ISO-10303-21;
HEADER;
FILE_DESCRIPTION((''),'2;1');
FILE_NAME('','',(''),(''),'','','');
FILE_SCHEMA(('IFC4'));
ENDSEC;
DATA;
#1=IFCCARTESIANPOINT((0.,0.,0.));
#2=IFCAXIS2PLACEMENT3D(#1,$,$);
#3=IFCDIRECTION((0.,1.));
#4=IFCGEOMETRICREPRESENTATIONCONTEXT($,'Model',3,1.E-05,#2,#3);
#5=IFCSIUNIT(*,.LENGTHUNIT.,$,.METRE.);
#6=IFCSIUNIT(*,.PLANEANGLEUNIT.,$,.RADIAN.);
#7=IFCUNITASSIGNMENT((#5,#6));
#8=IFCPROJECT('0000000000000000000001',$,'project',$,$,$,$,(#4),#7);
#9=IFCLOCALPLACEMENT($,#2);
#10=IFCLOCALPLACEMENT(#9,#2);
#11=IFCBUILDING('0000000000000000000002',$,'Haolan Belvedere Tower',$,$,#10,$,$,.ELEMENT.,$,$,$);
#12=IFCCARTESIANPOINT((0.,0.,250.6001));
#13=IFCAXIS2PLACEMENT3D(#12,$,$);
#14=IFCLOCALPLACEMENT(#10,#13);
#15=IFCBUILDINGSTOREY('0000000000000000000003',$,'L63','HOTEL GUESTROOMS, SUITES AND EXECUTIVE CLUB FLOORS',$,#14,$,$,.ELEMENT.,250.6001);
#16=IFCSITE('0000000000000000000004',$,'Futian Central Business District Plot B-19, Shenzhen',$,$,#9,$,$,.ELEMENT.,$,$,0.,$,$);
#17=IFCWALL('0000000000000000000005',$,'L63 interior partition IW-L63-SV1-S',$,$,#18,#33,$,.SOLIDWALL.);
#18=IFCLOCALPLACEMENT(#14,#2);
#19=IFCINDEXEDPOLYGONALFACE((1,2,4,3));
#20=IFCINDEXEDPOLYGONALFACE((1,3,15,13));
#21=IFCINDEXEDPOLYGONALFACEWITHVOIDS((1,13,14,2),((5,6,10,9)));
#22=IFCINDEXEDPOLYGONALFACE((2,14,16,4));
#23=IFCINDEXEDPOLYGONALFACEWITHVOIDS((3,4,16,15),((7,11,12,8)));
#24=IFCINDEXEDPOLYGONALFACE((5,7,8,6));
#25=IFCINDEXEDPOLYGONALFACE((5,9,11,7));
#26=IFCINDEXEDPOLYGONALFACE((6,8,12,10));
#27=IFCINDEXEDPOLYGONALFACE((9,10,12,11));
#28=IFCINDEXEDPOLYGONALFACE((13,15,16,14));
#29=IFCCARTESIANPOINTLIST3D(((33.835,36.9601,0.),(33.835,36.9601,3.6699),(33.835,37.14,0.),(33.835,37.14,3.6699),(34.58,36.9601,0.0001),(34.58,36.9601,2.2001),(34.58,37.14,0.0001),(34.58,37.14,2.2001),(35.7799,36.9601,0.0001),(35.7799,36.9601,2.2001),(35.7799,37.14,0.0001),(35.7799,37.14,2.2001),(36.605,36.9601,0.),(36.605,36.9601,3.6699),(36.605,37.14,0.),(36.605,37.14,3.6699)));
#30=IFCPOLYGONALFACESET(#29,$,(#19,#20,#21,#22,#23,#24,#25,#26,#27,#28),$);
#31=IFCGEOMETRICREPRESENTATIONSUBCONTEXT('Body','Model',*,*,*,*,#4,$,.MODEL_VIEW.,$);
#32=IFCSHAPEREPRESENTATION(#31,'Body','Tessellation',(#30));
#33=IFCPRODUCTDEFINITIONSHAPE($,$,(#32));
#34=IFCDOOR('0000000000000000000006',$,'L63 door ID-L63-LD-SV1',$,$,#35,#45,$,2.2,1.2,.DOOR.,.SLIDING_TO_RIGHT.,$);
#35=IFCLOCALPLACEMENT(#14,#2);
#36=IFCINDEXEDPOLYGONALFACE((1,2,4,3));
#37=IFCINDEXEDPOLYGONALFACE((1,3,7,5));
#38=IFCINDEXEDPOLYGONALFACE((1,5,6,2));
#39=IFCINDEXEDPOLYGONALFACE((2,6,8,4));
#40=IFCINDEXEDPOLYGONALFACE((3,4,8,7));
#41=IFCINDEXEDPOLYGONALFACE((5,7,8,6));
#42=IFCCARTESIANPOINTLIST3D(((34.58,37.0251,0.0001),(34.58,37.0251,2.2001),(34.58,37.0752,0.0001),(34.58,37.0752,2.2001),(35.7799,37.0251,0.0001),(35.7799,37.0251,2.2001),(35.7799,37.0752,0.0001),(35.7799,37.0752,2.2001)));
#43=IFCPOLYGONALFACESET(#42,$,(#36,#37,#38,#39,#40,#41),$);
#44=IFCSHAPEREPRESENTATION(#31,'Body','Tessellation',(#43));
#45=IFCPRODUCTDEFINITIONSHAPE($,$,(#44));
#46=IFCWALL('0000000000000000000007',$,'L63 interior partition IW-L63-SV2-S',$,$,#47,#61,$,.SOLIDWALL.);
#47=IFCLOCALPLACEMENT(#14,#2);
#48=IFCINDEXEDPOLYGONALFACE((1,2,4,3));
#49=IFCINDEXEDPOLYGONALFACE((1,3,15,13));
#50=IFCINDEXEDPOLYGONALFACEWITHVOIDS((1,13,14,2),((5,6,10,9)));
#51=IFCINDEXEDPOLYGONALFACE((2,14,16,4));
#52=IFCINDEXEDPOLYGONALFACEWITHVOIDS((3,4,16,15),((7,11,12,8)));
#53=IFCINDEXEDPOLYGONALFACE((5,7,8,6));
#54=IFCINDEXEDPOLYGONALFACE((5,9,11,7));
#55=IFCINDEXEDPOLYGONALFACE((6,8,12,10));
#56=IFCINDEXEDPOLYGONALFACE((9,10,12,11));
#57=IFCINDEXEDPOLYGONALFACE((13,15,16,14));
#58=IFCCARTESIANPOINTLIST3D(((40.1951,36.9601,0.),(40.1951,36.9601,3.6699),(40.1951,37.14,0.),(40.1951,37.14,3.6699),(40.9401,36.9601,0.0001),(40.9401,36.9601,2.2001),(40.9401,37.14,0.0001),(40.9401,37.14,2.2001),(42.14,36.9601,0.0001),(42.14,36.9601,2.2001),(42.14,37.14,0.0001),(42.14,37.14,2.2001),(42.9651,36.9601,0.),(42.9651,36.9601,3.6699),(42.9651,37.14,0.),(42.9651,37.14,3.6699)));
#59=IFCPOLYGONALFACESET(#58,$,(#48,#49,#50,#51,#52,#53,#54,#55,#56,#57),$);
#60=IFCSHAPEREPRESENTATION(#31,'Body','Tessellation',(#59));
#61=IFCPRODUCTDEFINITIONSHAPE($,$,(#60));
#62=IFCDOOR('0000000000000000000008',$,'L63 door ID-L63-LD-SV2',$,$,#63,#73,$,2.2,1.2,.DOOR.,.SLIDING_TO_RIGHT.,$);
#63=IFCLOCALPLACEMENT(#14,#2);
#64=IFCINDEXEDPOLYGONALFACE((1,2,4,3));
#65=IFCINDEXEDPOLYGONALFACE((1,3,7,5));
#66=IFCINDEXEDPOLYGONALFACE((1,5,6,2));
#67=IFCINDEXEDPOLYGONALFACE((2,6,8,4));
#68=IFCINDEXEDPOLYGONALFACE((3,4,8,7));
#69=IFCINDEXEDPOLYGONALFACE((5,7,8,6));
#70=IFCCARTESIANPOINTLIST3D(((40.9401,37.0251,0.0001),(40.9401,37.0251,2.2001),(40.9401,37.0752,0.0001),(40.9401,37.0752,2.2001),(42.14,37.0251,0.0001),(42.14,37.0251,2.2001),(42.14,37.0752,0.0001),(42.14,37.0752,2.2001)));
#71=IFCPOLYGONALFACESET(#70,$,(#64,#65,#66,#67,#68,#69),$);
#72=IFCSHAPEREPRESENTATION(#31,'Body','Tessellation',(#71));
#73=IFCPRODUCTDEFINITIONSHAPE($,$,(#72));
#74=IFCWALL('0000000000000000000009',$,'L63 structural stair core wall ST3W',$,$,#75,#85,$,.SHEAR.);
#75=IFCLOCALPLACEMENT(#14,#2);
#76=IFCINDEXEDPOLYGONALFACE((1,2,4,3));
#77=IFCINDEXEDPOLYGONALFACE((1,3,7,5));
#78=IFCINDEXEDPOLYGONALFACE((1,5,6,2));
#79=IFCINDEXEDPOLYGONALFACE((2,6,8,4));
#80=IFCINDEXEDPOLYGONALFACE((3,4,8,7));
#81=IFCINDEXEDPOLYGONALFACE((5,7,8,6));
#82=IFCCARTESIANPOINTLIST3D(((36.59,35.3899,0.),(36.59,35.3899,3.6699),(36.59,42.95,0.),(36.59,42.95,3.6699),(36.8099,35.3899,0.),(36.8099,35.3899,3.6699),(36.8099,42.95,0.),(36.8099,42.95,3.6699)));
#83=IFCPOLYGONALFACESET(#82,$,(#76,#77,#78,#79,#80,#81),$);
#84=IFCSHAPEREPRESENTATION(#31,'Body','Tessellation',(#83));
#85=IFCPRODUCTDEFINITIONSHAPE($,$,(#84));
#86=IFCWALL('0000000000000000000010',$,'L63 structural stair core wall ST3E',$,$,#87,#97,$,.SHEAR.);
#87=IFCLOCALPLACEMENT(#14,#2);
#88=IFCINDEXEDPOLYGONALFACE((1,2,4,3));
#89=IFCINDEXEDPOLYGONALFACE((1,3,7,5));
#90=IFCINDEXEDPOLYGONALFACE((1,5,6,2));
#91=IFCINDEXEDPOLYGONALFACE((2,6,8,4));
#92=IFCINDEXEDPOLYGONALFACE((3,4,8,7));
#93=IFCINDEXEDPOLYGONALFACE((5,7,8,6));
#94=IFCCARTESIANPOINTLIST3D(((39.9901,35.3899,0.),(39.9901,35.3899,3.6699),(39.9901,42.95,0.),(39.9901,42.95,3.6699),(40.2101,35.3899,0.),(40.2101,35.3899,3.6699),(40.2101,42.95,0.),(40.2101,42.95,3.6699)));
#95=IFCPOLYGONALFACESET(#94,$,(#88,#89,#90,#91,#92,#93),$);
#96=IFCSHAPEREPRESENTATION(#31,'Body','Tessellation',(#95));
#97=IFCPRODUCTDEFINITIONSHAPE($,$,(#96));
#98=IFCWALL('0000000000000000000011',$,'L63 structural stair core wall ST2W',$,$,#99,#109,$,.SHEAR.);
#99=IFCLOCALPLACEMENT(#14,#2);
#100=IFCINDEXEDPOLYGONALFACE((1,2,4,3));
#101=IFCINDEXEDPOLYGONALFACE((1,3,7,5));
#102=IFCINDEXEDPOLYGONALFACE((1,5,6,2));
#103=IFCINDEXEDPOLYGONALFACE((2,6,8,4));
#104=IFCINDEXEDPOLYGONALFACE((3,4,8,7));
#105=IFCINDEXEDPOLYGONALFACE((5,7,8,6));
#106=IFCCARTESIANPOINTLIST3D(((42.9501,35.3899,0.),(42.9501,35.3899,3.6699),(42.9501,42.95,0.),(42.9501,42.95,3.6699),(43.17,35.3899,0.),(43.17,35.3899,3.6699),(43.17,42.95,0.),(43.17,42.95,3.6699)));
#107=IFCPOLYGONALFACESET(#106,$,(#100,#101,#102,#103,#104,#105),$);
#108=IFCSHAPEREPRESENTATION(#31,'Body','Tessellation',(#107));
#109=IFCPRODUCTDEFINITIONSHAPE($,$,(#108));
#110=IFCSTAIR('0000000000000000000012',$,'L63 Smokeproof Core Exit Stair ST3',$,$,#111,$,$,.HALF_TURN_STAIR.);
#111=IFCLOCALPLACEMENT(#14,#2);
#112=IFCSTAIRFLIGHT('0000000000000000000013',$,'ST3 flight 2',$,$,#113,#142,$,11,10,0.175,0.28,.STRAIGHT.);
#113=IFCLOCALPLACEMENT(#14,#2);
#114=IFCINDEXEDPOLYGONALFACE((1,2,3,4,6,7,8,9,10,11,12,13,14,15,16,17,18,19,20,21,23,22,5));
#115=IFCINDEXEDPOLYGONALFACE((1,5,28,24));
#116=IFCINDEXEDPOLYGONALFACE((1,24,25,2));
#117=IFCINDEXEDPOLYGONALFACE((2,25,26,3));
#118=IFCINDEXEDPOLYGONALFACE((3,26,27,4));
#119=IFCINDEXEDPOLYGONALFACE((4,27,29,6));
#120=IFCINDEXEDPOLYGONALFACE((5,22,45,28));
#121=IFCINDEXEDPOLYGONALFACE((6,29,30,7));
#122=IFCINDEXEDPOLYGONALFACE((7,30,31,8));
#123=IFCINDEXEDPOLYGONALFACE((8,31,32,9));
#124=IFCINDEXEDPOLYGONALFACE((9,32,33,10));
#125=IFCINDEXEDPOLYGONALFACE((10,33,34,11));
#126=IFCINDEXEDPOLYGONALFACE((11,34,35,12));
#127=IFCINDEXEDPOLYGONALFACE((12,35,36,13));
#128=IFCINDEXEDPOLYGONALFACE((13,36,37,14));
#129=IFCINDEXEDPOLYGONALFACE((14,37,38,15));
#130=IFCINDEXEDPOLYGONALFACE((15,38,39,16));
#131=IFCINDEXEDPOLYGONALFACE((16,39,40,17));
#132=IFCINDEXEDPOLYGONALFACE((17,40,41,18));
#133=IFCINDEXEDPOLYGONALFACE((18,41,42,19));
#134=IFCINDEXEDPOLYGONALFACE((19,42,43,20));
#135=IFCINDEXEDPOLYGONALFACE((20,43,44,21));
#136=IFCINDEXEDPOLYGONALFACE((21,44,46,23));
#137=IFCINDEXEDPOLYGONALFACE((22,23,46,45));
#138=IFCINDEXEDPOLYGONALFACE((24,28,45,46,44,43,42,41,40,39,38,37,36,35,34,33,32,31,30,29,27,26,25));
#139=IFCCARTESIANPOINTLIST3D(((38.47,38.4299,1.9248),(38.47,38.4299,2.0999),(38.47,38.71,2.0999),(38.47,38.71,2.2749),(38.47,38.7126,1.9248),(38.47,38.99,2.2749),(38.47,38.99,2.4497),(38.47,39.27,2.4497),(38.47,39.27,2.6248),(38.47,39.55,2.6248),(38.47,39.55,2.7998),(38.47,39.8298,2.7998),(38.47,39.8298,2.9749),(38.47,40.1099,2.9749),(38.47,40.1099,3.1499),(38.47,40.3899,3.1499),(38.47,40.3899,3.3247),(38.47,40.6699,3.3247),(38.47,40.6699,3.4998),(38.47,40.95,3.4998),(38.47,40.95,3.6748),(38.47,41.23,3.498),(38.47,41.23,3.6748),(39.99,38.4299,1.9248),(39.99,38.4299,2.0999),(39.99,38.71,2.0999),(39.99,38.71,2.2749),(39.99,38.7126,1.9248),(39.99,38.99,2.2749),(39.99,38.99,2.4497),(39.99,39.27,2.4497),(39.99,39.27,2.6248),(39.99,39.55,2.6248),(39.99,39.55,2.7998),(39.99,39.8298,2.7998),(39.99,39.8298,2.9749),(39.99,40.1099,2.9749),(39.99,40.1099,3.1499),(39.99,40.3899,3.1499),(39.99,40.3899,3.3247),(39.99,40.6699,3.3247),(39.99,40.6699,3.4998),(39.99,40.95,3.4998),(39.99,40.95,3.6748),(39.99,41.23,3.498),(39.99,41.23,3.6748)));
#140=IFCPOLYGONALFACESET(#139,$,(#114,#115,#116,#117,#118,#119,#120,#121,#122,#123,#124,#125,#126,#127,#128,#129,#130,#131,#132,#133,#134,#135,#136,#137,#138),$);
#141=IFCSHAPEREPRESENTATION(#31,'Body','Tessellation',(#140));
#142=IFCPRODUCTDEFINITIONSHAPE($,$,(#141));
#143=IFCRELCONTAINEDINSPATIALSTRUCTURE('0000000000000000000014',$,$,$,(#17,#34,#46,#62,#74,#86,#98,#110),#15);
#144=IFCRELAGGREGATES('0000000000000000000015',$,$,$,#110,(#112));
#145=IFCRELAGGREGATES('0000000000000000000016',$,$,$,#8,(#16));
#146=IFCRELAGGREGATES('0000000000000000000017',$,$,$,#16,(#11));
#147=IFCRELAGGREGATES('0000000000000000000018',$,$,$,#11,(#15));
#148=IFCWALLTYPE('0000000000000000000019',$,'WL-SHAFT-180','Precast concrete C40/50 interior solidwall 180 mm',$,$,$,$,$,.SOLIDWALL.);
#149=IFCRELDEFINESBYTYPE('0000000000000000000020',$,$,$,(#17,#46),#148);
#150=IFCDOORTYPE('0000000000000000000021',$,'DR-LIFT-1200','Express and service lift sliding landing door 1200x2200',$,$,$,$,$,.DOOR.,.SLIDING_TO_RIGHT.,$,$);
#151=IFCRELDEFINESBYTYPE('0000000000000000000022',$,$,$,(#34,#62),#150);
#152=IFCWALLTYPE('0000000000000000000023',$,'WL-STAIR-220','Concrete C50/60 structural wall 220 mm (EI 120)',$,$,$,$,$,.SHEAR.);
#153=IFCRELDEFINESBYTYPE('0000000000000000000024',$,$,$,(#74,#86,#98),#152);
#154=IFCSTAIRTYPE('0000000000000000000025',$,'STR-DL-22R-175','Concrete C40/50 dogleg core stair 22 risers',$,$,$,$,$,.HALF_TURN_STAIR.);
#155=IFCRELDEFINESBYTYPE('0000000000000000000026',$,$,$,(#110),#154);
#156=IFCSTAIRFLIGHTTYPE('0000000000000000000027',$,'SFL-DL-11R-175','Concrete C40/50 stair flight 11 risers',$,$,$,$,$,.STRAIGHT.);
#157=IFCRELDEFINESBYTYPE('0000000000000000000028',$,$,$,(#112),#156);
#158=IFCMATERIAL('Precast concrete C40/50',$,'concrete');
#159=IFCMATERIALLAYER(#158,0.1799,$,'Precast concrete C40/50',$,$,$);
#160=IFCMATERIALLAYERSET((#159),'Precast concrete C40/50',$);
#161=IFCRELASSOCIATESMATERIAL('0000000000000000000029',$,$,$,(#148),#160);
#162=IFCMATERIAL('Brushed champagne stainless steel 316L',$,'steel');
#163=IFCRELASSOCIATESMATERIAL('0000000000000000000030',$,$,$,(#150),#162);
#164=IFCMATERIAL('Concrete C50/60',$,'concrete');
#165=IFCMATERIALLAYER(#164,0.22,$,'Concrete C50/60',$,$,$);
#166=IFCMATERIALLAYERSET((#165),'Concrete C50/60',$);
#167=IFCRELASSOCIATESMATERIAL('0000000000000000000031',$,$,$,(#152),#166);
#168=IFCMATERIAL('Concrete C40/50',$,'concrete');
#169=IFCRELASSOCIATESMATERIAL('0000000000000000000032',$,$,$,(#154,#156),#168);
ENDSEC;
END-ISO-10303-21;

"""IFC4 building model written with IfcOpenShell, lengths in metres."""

from ifc_helpers import new_model, si_unit, direction, frame, frame_2d, origin, place, context, subcontext, project, spatial, polyline, rectangle, outline, extrude, material, layer, layer_set, type_object, element, fill, aggregate, save


model = new_model("IFC4")

# Units and contexts
model_context = context("Model", 3, precision=1e-05, world=origin(), true_north=direction((0.0, 1.0)))
body_context = subcontext(model_context, "Body", "Model", "MODEL_VIEW")
ifc_project = project(units=[si_unit("LENGTHUNIT", "METRE"), si_unit("PLANEANGLEUNIT", "RADIAN")], contexts=[model_context])

# Site, building, storey
site_placement = place(None, origin())
site = spatial("IfcSite", under=ifc_project, at=site_placement, Name="Futian Central Business District Plot B-19, Shenzhen", CompositionType="ELEMENT", RefElevation=0.0)
building_placement = place(site_placement, origin())
building = spatial("IfcBuilding", under=site, at=building_placement, Name="Haolan Belvedere Tower", CompositionType="ELEMENT")
storey_placement = place(building_placement, frame((0.0, 0.0, 250.6001)))
storey = spatial("IfcBuildingStorey", under=building, at=storey_placement, Name="L63", Description="HOTEL GUESTROOMS, SUITES AND EXECUTIVE CLUB FLOORS", CompositionType="ELEMENT", Elevation=250.6001)

# Shared definitions
ifc_material_1 = material(Name="Brushed champagne stainless steel 316L", Category="steel")

# Walls, openings, doors
ifc_material_2 = material(Name="Precast concrete C40/50", Category="concrete")
ifc_layer_1 = layer(ifc_material_2, 0.1799, Name="Precast concrete C40/50")
ifc_layer_set_1 = layer_set([ifc_layer_1], Name="Precast concrete C40/50")
wall_type_1 = type_object("IfcWallType", Name="WL-SHAFT-180", Description="Precast concrete C40/50 interior solidwall 180 mm", PredefinedType="SOLIDWALL", material=ifc_layer_set_1)
wall_1_placement = place(storey_placement, frame((33.835, 37.05, 0.0), z_axis=(0.0, 0.0, 1.0), x_axis=(1.0, 0.0, 0.0)))
wall_1 = element("IfcWall", 1, at=wall_1_placement, inside=storey, type_object=wall_type_1, Name="L63 interior partition IW-L63-SV1-S", PredefinedType="SOLIDWALL", context=body_context, shape_type="SweptSolid", body=[
    extrude(rectangle(XDim=2.77, YDim=0.1799, at=frame_2d((1.385, 0.0))), origin(), (0.0, 0.0, 1.0), 3.6699),
])
opening_1_placement = place(wall_1_placement, frame((1.9451, 0.0, 0.0), z_axis=(0.0, 0.0, 1.0), x_axis=(-1.0, 0.0, 0.0)))
opening_1 = element("IfcOpeningElement", 2, at=opening_1_placement, cuts=wall_1, PredefinedType="OPENING", context=body_context, shape_type="SweptSolid", body=[
    extrude(rectangle(XDim=1.2, YDim=2.2, at=frame_2d((0.6001, 1.1001))), frame((0.0, 0.0999, 0.0), z_axis=(0.0, -1.0, 0.0), x_axis=(1.0, 0.0, 0.0)), (0.0, 0.0, 1.0), 0.2),
])
door_type_1 = type_object("IfcDoorType", Name="DR-LIFT-1200", Description="Express and service lift sliding landing door 1200x2200", OperationType="SLIDING_TO_RIGHT", PredefinedType="DOOR", material=ifc_material_1)
door_1_placement = place(opening_1_placement, origin())
door_1 = element("IfcDoor", 3, at=door_1_placement, inside=storey, type_object=door_type_1, Name="L63 door ID-L63-LD-SV1", OperationType="SLIDING_TO_RIGHT", OverallHeight=2.2, OverallWidth=1.2, PredefinedType="DOOR", context=body_context, shape_type="SweptSolid", body=[
    extrude(rectangle(XDim=1.2, YDim=2.2, at=frame_2d((0.6001, 1.1001))), frame((0.0, 0.0249, 0.0), z_axis=(0.0, -1.0, 0.0), x_axis=(1.0, 0.0, 0.0)), (0.0, 0.0, 1.0), 0.05),
])
fill(opening_1, door_1)
wall_2_placement = place(storey_placement, frame((40.1951, 37.05, 0.0), z_axis=(0.0, 0.0, 1.0), x_axis=(1.0, 0.0, 0.0)))
wall_2 = element("IfcWall", 4, at=wall_2_placement, inside=storey, type_object=wall_type_1, Name="L63 interior partition IW-L63-SV2-S", PredefinedType="SOLIDWALL", context=body_context, shape_type="SweptSolid", body=[
    extrude(rectangle(XDim=2.77, YDim=0.1799, at=frame_2d((1.385, 0.0))), origin(), (0.0, 0.0, 1.0), 3.6699),
])
opening_2_placement = place(wall_2_placement, frame((1.9451, 0.0, 0.0), z_axis=(0.0, 0.0, 1.0), x_axis=(-1.0, 0.0, 0.0)))
opening_2 = element("IfcOpeningElement", 5, at=opening_2_placement, cuts=wall_2, PredefinedType="OPENING", context=body_context, shape_type="SweptSolid", body=[
    extrude(rectangle(XDim=1.2, YDim=2.2, at=frame_2d((0.6001, 1.1001))), frame((0.0, 0.0999, 0.0), z_axis=(0.0, -1.0, 0.0), x_axis=(1.0, 0.0, 0.0)), (0.0, 0.0, 1.0), 0.2),
])
door_2_placement = place(opening_2_placement, origin())
door_2 = element("IfcDoor", 6, at=door_2_placement, inside=storey, type_object=door_type_1, Name="L63 door ID-L63-LD-SV2", OperationType="SLIDING_TO_RIGHT", OverallHeight=2.2, OverallWidth=1.2, PredefinedType="DOOR", context=body_context, shape_type="SweptSolid", body=[
    extrude(rectangle(XDim=1.2, YDim=2.2, at=frame_2d((0.6001, 1.1001))), frame((0.0, 0.0249, 0.0), z_axis=(0.0, -1.0, 0.0), x_axis=(1.0, 0.0, 0.0)), (0.0, 0.0, 1.0), 0.05),
])
fill(opening_2, door_2)

# Walls
ifc_material_3 = material(Name="Concrete C50/60", Category="concrete")
ifc_layer_2 = layer(ifc_material_3, 0.22, Name="Concrete C50/60")
ifc_layer_set_2 = layer_set([ifc_layer_2], Name="Concrete C50/60")
wall_type_2 = type_object("IfcWallType", Name="WL-STAIR-220", Description="Concrete C50/60 structural wall 220 mm (EI 120)", PredefinedType="SHEAR", material=ifc_layer_set_2)
for number, where, z_axis, x_axis, name in (
    (7, (36.7, 35.3899, 0.0), (0.0, 0.0, 1.0), (0.0, 1.0, 0.0), "L63 structural stair core wall ST3W"),
    (8, (40.1001, 35.3899, 0.0), (0.0, 0.0, 1.0), (0.0, 1.0, 0.0), "L63 structural stair core wall ST3E"),
    (9, (43.0601, 35.3899, 0.0), (0.0, 0.0, 1.0), (0.0, 1.0, 0.0), "L63 structural stair core wall ST2W"),
):
    element("IfcWall", number, at=place(storey_placement, frame(where, z_axis=z_axis, x_axis=x_axis)), inside=storey, type_object=wall_type_2, Name=name, PredefinedType="SHEAR", context=body_context, shape_type="SweptSolid", body=[
        extrude(rectangle(XDim=7.5601, YDim=0.22, at=frame_2d((3.78, 0.0))), origin(), (0.0, 0.0, 1.0), 3.6699),
    ])

# Stair, stair flight
ifc_material_4 = material(Name="Concrete C40/50", Category="concrete")
stair_type = type_object("IfcStairType", Name="STR-DL-22R-175", Description="Concrete C40/50 dogleg core stair 22 risers", PredefinedType="HALF_TURN_STAIR", material=ifc_material_4)
stair_placement = place(storey_placement, origin())
stair = element("IfcStair", 10, at=stair_placement, inside=storey, type_object=stair_type, Name="L63 Smokeproof Core Exit Stair ST3", PredefinedType="HALF_TURN_STAIR")
stair_flight_type = type_object("IfcStairFlightType", Name="SFL-DL-11R-175", Description="Concrete C40/50 stair flight 11 risers", PredefinedType="STRAIGHT", material=ifc_material_4)
stair_flight_placement = place(storey_placement, frame((39.23, 38.4299, 1.9248), z_axis=(0.0, 0.0, 1.0), x_axis=(0.0, 1.0, 0.0)))
stair_flight = element("IfcStairFlight", 11, at=stair_flight_placement, type_object=stair_flight_type, Name="ST3 flight 2", NumberOfRisers=11, NumberOfTreads=10, PredefinedType="STRAIGHT", RiserHeight=0.175, TreadLength=0.28, context=body_context, shape_type="SweptSolid", body=[
    extrude(outline(polyline([(0.0, 0.0), (0.0, 0.175), (0.28, 0.175), (0.28, 0.3501), (0.5601, 0.3501), (0.5601, 0.5249), (0.8401, 0.5249), (0.8401, 0.7), (1.1201, 0.7), (1.1201, 0.875), (1.3999, 0.875), (1.3999, 1.05), (1.6799, 1.05), (1.6799, 1.2251), (1.96, 1.2251), (1.96, 1.3999), (2.24, 1.3999), (2.24, 1.575), (2.52, 1.575), (2.52, 1.75), (2.8, 1.75), (2.8, 1.925), (2.8, 1.5732), (0.2827, 0.0), (0.0, 0.0)])), frame((0.0, 0.76, 0.0), z_axis=(0.0, -1.0, 0.0), x_axis=(1.0, 0.0, 0.0)), (0.0, 0.0, 1.0), 1.52),
])
aggregate(stair, [stair_flight])

save(model, "model.ifc")
